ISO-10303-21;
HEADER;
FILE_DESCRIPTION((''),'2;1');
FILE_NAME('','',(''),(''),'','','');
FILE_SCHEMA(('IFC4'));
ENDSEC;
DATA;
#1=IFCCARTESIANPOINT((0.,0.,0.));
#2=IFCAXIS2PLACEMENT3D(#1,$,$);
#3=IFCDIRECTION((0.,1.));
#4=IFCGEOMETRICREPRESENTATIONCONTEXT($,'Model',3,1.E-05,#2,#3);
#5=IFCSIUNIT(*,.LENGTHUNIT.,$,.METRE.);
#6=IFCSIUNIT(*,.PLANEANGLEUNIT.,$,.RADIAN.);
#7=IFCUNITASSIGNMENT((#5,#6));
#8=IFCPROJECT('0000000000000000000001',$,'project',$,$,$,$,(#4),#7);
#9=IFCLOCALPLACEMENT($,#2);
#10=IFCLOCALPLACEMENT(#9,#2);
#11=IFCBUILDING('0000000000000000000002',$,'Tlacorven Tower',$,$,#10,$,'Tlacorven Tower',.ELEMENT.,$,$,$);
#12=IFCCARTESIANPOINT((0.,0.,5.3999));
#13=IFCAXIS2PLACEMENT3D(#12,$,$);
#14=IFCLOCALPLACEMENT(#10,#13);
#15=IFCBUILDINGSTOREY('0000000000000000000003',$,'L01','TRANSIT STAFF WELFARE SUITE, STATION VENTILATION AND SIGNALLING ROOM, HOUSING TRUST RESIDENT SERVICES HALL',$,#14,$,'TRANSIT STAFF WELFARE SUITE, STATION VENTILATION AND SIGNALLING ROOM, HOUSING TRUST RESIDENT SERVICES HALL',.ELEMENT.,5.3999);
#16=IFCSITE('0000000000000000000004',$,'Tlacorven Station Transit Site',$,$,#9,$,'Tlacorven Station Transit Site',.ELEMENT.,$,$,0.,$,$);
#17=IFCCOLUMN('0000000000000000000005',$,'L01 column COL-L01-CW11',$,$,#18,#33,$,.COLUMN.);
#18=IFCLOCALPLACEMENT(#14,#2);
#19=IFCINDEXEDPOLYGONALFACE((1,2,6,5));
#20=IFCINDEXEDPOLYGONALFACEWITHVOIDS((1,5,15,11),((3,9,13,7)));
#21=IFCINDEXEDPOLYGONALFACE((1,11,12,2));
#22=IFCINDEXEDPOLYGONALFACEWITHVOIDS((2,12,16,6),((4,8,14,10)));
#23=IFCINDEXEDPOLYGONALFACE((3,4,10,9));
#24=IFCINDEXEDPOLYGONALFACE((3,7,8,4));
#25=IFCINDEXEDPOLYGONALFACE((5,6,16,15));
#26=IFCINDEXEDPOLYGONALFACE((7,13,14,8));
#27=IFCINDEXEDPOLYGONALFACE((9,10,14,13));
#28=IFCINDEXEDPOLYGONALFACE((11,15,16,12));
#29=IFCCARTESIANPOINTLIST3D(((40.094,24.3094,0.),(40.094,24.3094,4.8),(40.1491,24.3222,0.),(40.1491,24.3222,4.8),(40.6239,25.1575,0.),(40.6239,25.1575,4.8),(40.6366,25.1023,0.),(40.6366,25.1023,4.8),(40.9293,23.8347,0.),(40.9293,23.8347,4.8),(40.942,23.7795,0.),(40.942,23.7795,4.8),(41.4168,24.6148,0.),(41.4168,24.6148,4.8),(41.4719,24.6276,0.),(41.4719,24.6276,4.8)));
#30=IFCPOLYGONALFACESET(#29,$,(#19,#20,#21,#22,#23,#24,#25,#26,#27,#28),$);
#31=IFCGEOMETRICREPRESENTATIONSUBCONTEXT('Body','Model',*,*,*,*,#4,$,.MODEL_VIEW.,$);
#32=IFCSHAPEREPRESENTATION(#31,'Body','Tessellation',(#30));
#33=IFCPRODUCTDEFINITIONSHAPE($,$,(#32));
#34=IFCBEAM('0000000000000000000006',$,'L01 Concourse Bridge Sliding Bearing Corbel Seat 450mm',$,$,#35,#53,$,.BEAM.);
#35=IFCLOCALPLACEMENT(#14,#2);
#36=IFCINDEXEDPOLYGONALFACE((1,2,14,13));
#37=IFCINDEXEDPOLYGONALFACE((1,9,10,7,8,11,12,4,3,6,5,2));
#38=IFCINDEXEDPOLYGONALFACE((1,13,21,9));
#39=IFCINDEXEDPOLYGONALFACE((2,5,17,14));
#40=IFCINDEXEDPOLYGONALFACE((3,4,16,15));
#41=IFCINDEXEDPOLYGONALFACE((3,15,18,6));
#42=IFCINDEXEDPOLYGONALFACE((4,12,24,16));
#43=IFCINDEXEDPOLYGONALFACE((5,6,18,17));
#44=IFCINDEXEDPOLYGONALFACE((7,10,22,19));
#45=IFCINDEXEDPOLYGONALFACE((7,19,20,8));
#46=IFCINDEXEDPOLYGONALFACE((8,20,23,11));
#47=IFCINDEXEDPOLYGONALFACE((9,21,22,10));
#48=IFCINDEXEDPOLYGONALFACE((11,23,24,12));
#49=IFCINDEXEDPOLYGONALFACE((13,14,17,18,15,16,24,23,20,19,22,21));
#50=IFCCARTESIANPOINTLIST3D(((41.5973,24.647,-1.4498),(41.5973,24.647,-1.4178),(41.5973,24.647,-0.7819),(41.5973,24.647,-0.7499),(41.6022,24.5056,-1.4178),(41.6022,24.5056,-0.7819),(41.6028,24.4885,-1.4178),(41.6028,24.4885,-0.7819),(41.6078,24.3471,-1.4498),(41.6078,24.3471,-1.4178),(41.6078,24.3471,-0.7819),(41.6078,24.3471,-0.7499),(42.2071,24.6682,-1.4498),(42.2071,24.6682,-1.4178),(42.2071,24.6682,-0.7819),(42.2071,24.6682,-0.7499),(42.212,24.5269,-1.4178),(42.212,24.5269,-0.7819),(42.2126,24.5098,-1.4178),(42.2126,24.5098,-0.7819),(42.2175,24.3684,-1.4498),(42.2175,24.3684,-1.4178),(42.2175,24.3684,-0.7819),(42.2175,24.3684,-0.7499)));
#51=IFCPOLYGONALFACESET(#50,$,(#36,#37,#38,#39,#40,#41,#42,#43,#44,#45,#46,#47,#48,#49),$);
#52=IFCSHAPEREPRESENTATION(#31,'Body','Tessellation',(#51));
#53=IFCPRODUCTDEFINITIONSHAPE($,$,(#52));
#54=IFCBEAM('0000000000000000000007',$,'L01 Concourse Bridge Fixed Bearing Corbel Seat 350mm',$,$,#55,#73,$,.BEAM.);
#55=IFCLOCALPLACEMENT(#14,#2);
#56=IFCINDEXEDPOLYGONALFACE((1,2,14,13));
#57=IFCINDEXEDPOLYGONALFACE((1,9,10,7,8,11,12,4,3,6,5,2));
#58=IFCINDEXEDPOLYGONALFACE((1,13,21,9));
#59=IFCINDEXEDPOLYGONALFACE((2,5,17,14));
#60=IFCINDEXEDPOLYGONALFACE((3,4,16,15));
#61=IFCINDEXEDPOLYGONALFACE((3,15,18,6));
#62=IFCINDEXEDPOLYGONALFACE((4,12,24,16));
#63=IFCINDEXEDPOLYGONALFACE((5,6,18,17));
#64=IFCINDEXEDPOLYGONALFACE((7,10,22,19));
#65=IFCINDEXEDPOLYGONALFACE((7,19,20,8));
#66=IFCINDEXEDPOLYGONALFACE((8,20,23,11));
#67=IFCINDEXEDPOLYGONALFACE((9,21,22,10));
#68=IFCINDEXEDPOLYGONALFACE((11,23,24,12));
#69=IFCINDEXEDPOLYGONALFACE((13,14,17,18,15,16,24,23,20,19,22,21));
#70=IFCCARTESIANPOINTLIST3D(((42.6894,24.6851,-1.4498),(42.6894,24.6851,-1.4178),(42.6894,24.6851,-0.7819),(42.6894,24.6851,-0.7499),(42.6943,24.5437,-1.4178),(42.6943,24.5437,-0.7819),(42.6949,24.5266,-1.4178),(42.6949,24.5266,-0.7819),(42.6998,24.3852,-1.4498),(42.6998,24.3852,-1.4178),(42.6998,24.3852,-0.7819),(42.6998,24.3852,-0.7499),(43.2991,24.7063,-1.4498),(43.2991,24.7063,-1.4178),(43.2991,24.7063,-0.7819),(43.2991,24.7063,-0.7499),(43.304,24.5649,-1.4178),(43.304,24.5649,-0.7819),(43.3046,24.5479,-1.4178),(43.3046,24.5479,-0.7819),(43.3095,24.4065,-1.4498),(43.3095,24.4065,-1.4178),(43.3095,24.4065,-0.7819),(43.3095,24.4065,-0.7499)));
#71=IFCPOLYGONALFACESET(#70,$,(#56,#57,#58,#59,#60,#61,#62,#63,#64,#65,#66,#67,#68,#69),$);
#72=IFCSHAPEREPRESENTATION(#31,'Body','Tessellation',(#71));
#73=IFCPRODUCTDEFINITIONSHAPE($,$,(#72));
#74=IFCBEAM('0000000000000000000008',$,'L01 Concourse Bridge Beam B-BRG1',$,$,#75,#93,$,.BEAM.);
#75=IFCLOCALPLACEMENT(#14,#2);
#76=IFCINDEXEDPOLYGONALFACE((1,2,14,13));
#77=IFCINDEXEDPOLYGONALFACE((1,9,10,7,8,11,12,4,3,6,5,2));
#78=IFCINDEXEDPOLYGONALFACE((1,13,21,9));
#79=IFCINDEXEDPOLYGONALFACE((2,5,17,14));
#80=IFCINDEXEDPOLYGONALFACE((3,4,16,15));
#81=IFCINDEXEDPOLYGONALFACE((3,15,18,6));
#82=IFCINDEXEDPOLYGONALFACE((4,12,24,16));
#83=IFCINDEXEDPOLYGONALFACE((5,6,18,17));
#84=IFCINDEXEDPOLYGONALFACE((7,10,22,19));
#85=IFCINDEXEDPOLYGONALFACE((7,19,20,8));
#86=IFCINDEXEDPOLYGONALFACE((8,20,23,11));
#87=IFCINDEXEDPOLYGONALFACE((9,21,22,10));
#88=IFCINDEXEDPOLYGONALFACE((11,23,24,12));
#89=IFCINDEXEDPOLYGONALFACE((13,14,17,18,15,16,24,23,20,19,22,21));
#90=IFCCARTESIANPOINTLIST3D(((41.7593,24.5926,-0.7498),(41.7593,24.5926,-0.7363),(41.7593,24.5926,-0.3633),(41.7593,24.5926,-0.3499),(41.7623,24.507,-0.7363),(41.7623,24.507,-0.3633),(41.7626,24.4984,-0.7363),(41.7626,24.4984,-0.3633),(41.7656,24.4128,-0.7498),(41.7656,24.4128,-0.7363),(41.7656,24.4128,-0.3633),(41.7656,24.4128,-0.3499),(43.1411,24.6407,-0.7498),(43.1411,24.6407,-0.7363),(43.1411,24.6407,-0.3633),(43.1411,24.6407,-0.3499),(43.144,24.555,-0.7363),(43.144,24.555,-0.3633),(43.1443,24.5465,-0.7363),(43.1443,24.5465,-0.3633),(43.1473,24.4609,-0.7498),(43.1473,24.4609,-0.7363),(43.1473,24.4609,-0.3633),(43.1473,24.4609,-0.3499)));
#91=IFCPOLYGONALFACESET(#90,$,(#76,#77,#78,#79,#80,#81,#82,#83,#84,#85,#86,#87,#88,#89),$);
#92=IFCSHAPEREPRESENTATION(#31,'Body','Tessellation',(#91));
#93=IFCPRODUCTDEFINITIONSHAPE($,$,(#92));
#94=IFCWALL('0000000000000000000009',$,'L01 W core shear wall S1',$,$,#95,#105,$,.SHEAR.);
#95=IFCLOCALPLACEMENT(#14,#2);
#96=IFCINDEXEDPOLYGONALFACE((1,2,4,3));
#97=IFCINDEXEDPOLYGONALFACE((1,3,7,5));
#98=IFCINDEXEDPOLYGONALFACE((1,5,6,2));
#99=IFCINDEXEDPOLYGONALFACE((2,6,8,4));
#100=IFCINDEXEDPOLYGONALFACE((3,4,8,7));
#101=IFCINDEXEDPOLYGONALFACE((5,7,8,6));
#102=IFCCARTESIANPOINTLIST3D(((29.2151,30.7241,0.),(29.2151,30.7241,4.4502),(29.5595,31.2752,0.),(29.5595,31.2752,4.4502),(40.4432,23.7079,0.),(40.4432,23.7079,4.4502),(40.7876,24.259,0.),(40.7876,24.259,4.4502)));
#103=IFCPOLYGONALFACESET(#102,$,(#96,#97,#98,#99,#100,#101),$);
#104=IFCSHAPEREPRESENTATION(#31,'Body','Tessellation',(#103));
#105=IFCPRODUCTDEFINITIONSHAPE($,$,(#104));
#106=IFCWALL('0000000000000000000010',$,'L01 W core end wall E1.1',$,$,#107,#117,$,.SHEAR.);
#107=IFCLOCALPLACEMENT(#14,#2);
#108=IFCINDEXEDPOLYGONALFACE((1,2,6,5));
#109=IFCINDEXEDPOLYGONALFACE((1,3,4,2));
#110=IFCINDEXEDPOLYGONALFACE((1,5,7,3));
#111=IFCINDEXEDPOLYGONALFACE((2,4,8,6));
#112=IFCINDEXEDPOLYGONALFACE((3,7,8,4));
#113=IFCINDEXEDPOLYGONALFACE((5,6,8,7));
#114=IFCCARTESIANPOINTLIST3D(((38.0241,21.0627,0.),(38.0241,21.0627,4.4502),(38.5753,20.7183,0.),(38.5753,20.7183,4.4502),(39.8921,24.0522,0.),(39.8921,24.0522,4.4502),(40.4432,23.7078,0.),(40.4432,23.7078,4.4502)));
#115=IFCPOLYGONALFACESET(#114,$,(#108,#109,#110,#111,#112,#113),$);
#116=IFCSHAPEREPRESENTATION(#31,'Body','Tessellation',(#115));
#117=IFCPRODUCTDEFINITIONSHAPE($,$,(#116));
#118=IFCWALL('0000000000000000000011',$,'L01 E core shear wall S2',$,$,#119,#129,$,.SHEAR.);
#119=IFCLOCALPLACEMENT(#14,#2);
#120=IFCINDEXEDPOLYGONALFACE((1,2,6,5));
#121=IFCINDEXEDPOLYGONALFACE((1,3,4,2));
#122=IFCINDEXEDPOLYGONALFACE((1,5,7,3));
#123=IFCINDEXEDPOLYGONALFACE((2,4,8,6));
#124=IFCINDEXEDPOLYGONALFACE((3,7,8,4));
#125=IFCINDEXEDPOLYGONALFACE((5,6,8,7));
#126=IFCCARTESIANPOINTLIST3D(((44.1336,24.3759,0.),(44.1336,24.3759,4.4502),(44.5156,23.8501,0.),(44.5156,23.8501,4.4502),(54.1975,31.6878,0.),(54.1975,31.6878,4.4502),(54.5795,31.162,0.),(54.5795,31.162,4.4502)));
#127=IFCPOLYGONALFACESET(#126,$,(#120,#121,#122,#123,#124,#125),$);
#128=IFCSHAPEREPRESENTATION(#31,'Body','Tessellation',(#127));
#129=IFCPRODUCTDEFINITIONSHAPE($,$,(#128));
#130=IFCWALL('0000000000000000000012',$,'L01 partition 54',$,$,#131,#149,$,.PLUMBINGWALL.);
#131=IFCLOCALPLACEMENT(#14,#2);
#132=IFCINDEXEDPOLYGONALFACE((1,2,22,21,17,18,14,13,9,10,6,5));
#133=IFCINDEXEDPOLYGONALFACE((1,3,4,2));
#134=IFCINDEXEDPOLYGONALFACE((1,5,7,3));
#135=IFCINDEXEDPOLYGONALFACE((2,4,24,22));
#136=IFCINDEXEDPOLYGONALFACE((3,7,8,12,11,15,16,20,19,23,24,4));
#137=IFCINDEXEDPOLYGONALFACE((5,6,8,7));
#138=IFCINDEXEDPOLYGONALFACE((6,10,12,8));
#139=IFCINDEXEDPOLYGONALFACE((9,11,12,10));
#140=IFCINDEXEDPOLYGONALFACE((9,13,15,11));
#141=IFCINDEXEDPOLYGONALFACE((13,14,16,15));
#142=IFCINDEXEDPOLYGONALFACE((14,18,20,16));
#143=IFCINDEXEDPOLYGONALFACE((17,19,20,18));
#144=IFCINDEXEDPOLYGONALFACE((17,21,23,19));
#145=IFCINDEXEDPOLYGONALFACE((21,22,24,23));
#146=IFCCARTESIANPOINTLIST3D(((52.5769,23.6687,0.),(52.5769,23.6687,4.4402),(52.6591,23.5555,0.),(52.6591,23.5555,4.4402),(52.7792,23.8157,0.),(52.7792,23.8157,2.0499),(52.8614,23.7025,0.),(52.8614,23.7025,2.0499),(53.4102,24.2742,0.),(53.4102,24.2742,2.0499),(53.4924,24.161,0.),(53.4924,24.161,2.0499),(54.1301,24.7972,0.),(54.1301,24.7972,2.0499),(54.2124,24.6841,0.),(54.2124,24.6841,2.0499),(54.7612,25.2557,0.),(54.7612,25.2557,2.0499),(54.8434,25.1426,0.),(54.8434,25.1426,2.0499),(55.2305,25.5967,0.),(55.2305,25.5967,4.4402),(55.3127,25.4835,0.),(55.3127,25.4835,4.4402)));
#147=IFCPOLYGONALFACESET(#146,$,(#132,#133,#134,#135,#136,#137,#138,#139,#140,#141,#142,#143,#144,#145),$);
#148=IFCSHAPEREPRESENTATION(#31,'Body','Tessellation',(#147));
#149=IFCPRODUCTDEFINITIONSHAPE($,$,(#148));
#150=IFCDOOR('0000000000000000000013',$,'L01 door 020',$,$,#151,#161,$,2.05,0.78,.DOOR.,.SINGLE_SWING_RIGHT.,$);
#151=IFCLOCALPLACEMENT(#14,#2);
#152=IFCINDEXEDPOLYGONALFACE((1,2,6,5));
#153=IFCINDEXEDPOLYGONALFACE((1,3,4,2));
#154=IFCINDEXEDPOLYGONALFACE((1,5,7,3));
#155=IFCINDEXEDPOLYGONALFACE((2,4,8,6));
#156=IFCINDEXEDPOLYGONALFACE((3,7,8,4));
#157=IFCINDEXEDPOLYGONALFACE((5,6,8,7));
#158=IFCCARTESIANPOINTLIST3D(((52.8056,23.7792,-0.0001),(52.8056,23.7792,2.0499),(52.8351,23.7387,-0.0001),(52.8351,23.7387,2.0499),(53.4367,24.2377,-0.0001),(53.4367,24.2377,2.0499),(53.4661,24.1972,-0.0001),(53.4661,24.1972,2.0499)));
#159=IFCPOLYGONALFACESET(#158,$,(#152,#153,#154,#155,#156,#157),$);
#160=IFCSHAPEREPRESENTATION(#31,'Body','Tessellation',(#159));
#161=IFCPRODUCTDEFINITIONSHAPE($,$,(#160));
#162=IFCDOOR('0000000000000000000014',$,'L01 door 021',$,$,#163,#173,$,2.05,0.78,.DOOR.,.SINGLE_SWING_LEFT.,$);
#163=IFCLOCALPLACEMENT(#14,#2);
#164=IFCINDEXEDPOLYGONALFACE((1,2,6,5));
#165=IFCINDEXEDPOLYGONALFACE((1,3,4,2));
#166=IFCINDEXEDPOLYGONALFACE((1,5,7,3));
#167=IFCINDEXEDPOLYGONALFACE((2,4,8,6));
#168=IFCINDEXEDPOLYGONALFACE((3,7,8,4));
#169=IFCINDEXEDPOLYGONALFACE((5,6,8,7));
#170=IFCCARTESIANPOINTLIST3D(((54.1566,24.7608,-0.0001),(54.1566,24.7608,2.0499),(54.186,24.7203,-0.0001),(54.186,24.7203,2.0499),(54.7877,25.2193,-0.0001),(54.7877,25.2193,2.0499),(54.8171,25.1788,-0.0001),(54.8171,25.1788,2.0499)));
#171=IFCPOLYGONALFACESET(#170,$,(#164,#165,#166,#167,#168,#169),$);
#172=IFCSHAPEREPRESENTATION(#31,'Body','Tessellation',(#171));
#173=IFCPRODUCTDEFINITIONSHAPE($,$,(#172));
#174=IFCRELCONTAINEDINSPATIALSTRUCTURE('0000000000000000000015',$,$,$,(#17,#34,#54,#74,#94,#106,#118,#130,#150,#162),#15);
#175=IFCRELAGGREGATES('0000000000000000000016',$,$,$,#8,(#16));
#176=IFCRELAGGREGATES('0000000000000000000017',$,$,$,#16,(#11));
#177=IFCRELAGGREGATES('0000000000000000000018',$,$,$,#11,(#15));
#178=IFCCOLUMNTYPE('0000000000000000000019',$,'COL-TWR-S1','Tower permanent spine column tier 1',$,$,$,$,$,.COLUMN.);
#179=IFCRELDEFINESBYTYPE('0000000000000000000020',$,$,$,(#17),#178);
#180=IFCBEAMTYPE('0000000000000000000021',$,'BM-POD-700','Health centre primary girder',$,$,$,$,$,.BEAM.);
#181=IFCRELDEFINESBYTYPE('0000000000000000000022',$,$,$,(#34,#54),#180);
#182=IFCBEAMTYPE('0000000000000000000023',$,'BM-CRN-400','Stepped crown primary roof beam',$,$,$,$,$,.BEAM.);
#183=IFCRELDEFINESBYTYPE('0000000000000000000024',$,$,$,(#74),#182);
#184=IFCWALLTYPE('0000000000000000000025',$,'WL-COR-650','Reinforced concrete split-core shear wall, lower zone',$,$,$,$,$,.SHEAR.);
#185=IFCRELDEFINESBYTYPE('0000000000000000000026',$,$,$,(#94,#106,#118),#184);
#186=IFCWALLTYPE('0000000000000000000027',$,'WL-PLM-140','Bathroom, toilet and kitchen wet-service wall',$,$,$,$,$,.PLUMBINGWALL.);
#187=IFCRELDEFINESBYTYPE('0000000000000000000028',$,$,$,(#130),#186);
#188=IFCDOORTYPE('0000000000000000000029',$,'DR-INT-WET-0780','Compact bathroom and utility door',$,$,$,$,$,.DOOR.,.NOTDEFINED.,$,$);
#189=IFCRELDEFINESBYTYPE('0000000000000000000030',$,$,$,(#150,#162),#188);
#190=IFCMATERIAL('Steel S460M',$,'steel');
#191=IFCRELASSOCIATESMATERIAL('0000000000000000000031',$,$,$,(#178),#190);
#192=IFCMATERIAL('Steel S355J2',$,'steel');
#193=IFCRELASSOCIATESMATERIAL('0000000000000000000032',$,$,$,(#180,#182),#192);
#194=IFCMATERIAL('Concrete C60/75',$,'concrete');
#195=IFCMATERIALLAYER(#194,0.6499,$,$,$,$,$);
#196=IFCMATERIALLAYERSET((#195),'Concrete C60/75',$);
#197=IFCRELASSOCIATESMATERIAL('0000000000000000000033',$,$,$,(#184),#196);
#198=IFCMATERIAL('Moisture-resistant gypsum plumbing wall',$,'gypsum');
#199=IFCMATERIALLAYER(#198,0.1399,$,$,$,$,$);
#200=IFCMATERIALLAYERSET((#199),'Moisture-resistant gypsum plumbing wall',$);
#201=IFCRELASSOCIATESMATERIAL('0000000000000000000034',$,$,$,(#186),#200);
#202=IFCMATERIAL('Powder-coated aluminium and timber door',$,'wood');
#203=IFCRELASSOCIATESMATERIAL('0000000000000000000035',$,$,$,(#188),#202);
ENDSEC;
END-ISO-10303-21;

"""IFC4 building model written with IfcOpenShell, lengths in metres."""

from ifc_helpers import new_model, si_unit, direction, frame, frame_2d, origin, origin_2d, place, context, subcontext, project, spatial, rectangle, hollow_rectangle, i_section, extrude, source, transform, mapped, material, layer, layer_set, material_profile, profile_set, type_object, element, fill, save


model = new_model("IFC4")

# Units and contexts
model_context = context("Model", 3, precision=1e-05, world=origin(), true_north=direction((0.0, 1.0)))
body_context = subcontext(model_context, "Body", "Model", "MODEL_VIEW")
ifc_project = project(units=[si_unit("LENGTHUNIT", "METRE"), si_unit("PLANEANGLEUNIT", "RADIAN")], contexts=[model_context])

# Site, building, storey
site_placement = place(None, origin())
site = spatial("IfcSite", under=ifc_project, at=site_placement, Name="Tlacorven Station Transit Site", LongName="Tlacorven Station Transit Site", CompositionType="ELEMENT", RefElevation=0.0)
building_placement = place(site_placement, origin())
building = spatial("IfcBuilding", under=site, at=building_placement, Name="Tlacorven Tower", LongName="Tlacorven Tower", CompositionType="ELEMENT")
storey_placement = place(building_placement, frame((0.0, 0.0, 5.3999)))
storey = spatial("IfcBuildingStorey", under=building, at=storey_placement, Name="L01", Description="TRANSIT STAFF WELFARE SUITE, STATION VENTILATION AND SIGNALLING ROOM, HOUSING TRUST RESIDENT SERVICES HALL", LongName="TRANSIT STAFF WELFARE SUITE, STATION VENTILATION AND SIGNALLING ROOM, HOUSING TRUST RESIDENT SERVICES HALL", CompositionType="ELEMENT", Elevation=5.3999)

# Column
ifc_material_1 = material(Name="Steel S460M", Category="steel")
ifc_material_profile_1 = material_profile(ifc_material_1, hollow_rectangle(XDim=1.0, YDim=1.0, WallThickness=0.04, at=origin_2d()), Name="BOX 1000X1000X40")
ifc_profile_set_1 = profile_set([ifc_material_profile_1], Name="Steel S460M")
column_type = type_object("IfcColumnType", Name="COL-TWR-S1", Description="Tower permanent spine column tier 1", PredefinedType="COLUMN", material=ifc_profile_set_1)
shared_shape_1 = source(origin(), body_context, "Body", "SweptSolid", [
    extrude(hollow_rectangle(XDim=1.0, YDim=1.0, WallThickness=0.04, at=origin_2d()), origin(), (0.0, 0.0, 1.0), 4.8),
])
column_placement = place(storey_placement, frame((40.783, 24.4685, 0.0), z_axis=(0.0, 0.0, 1.0), x_axis=(-0.848048, 0.529919, 0.0)))
element("IfcColumn", 1, at=column_placement, inside=storey, type_object=column_type, Name="L01 column COL-L01-CW11", PredefinedType="COLUMN", context=body_context, shape_type="MappedRepresentation", body=[
    mapped(shared_shape_1, transform((0.0, 0.0, 0.0), scale=1.0)),
])

# Beams
ifc_material_2 = material(Name="Steel S355J2", Category="steel")
ifc_material_profile_2 = material_profile(ifc_material_2, i_section(OverallWidth=0.3, OverallDepth=0.7, WebThickness=0.0171, FlangeThickness=0.032, at=origin_2d()), Name="HEB 700")
ifc_profile_set_2 = profile_set([ifc_material_profile_2], Name="Steel S355J2")
beam_type_1 = type_object("IfcBeamType", Name="BM-POD-700", Description="Health centre primary girder", PredefinedType="BEAM", material=ifc_profile_set_2)
shared_shape_2 = source(origin(), body_context, "Body", "SweptSolid", [
    extrude(i_section(OverallWidth=0.3, OverallDepth=0.7, WebThickness=0.0171, FlangeThickness=0.032, at=origin_2d()), origin(), (0.0, 0.0, 1.0), 0.6101),
])
for number, where, z_axis, x_axis, name in (
    (2, (41.6025, 24.4971, -1.0999), (0.999394, 0.034821, 0.0), (-0.034821, 0.999394, 0.0), "L01 Concourse Bridge Sliding Bearing Corbel Seat 450mm"),
    (3, (42.6946, 24.5352, -1.0999), (0.999394, 0.034821, 0.0), (-0.034821, 0.999394, 0.0), "L01 Concourse Bridge Fixed Bearing Corbel Seat 350mm"),
):
    element("IfcBeam", number, at=place(storey_placement, frame(where, z_axis=z_axis, x_axis=x_axis)), inside=storey, type_object=beam_type_1, Name=name, PredefinedType="BEAM", context=body_context, shape_type="MappedRepresentation", body=[
        mapped(shared_shape_2, transform((0.0, 0.0, 0.0), scale=1.0)),
    ])
ifc_material_profile_3 = material_profile(ifc_material_2, i_section(OverallWidth=0.1799, OverallDepth=0.3999, WebThickness=0.0085, FlangeThickness=0.0134, at=origin_2d()), Name="IPE 400")
ifc_profile_set_3 = profile_set([ifc_material_profile_3], Name="Steel S355J2")
beam_type_2 = type_object("IfcBeamType", Name="BM-CRN-400", Description="Stepped crown primary roof beam", PredefinedType="BEAM", material=ifc_profile_set_3)
shared_shape_3 = source(origin(), body_context, "Body", "SweptSolid", [
    extrude(i_section(OverallWidth=0.1799, OverallDepth=0.3999, WebThickness=0.0085, FlangeThickness=0.0134, at=origin_2d()), origin(), (0.0, 0.0, 1.0), 1.3826),
])
beam_placement = place(storey_placement, frame((41.7625, 24.5027, -0.5498), z_axis=(0.999395, 0.034785, 0.0), x_axis=(-0.034785, 0.999395, 0.0)))
element("IfcBeam", 4, at=beam_placement, inside=storey, type_object=beam_type_2, Name="L01 Concourse Bridge Beam B-BRG1", PredefinedType="BEAM", context=body_context, shape_type="MappedRepresentation", body=[
    mapped(shared_shape_3, transform((0.0, 0.0, 0.0), scale=1.0)),
])

# Walls
ifc_material_3 = material(Name="Concrete C60/75", Category="concrete")
ifc_layer_1 = layer(ifc_material_3, 0.6499)
ifc_layer_set_1 = layer_set([ifc_layer_1], Name="Concrete C60/75")
wall_type_1 = type_object("IfcWallType", Name="WL-COR-650", Description="Reinforced concrete split-core shear wall, lower zone", PredefinedType="SHEAR", material=ifc_layer_set_1)
wall_1_placement = place(storey_placement, frame((40.6155, 23.9834, 0.0), z_axis=(0.0, 0.0, 1.0), x_axis=(-0.848046, 0.529923, 0.0)))
element("IfcWall", 5, at=wall_1_placement, inside=storey, type_object=wall_type_1, Name="L01 W core shear wall S1", PredefinedType="SHEAR", context=body_context, shape_type="SweptSolid", body=[
    extrude(rectangle(XDim=13.24, YDim=0.6499, at=frame_2d((6.6201, 0.0))), origin(), (0.0, 0.0, 1.0), 4.4502),
])
wall_2_placement = place(storey_placement, frame((40.1677, 23.8801, 0.0), z_axis=(0.0, 0.0, 1.0), x_axis=(-0.529893, -0.848064, 0.0)))
element("IfcWall", 6, at=wall_2_placement, inside=storey, type_object=wall_type_1, Name="L01 W core end wall E1.1", PredefinedType="SHEAR", context=body_context, shape_type="SweptSolid", body=[
    extrude(rectangle(XDim=3.5251, YDim=0.6499, at=frame_2d((1.7627, 0.0))), origin(), (0.0, 0.0, 1.0), 4.4502),
])
wall_3_placement = place(storey_placement, frame((44.3247, 24.113, 0.0), z_axis=(0.0, 0.0, 1.0), x_axis=(0.809013, 0.587791, 0.0)))
element("IfcWall", 7, at=wall_3_placement, inside=storey, type_object=wall_type_1, Name="L01 E core shear wall S2", PredefinedType="SHEAR", context=body_context, shape_type="SweptSolid", body=[
    extrude(rectangle(XDim=12.4397, YDim=0.6499, at=frame_2d((6.2197, 0.0))), origin(), (0.0, 0.0, 1.0), 4.4502),
])

# Wall, openings, doors
ifc_material_4 = material(Name="Moisture-resistant gypsum plumbing wall", Category="gypsum")
ifc_layer_2 = layer(ifc_material_4, 0.1399)
ifc_layer_set_2 = layer_set([ifc_layer_2], Name="Moisture-resistant gypsum plumbing wall")
wall_type_2 = type_object("IfcWallType", Name="WL-PLM-140", Description="Bathroom, toilet and kitchen wet-service wall", PredefinedType="PLUMBINGWALL", material=ifc_layer_set_2)
wall_4_placement = place(storey_placement, frame((52.6179, 23.6121, 0.0), z_axis=(0.0, 0.0, 1.0), x_axis=(0.80901, 0.587795, 0.0)))
wall_4 = element("IfcWall", 8, at=wall_4_placement, inside=storey, type_object=wall_type_2, Name="L01 partition 54", PredefinedType="PLUMBINGWALL", context=body_context, shape_type="SweptSolid", body=[
    extrude(rectangle(XDim=3.28, YDim=0.1399, at=frame_2d((1.6401, 0.0))), origin(), (0.0, 0.0, 1.0), 4.4402),
])
opening_1_placement = place(wall_4_placement, frame((0.25, 0.0, 0.0)))
opening_1 = element("IfcOpeningElement", 9, at=opening_1_placement, cuts=wall_4, PredefinedType="OPENING", context=body_context, shape_type="SweptSolid", body=[
    extrude(rectangle(XDim=0.78, YDim=2.05, at=frame_2d((0.3901, 1.0249))), frame((0.0, 0.0801, 0.0), z_axis=(0.0, -1.0, 0.0), x_axis=(1.0, 0.0, 0.0)), (0.0, 0.0, 1.0), 0.1599),
])
opening_2_placement = place(wall_4_placement, frame((1.9199, 0.0, 0.0)))
opening_2 = element("IfcOpeningElement", 10, at=opening_2_placement, cuts=wall_4, PredefinedType="OPENING", context=body_context, shape_type="SweptSolid", body=[
    extrude(rectangle(XDim=0.78, YDim=2.05, at=frame_2d((0.3901, 1.0249))), frame((0.0, 0.0801, 0.0), z_axis=(0.0, -1.0, 0.0), x_axis=(1.0, 0.0, 0.0)), (0.0, 0.0, 1.0), 0.1599),
])
ifc_material_5 = material(Name="Powder-coated aluminium and timber door", Category="wood")
door_type_1 = type_object("IfcDoorType", Name="DR-INT-WET-0780", Description="Compact bathroom and utility door", OperationType="NOTDEFINED", PredefinedType="DOOR", material=ifc_material_5)
shared_shape_4 = source(origin(), body_context, "Body", "SweptSolid", [
    extrude(rectangle(XDim=0.78, YDim=2.05, at=frame_2d((0.3901, 1.0249))), frame((0.0, 0.0249, 0.0), z_axis=(0.0, -1.0, 0.0), x_axis=(1.0, 0.0, 0.0)), (0.0, 0.0, 1.0), 0.05),
])
door_1_placement = place(opening_1_placement, origin())
door_1 = element("IfcDoor", 11, at=door_1_placement, inside=storey, type_object=door_type_1, Name="L01 door 020", OperationType="SINGLE_SWING_RIGHT", OverallHeight=2.05, OverallWidth=0.78, PredefinedType="DOOR", context=body_context, shape_type="MappedRepresentation", body=[
    mapped(shared_shape_4, transform((0.0, 0.0, 0.0), scale=1.0)),
])
fill(opening_1, door_1)
door_2_placement = place(opening_2_placement, origin())
door_2 = element("IfcDoor", 12, at=door_2_placement, inside=storey, type_object=door_type_1, Name="L01 door 021", OperationType="SINGLE_SWING_LEFT", OverallHeight=2.05, OverallWidth=0.78, PredefinedType="DOOR", context=body_context, shape_type="MappedRepresentation", body=[
    mapped(shared_shape_4, transform((0.0, 0.0, 0.0), scale=1.0)),
])
fill(opening_2, door_2)

save(model, "model.ifc")
